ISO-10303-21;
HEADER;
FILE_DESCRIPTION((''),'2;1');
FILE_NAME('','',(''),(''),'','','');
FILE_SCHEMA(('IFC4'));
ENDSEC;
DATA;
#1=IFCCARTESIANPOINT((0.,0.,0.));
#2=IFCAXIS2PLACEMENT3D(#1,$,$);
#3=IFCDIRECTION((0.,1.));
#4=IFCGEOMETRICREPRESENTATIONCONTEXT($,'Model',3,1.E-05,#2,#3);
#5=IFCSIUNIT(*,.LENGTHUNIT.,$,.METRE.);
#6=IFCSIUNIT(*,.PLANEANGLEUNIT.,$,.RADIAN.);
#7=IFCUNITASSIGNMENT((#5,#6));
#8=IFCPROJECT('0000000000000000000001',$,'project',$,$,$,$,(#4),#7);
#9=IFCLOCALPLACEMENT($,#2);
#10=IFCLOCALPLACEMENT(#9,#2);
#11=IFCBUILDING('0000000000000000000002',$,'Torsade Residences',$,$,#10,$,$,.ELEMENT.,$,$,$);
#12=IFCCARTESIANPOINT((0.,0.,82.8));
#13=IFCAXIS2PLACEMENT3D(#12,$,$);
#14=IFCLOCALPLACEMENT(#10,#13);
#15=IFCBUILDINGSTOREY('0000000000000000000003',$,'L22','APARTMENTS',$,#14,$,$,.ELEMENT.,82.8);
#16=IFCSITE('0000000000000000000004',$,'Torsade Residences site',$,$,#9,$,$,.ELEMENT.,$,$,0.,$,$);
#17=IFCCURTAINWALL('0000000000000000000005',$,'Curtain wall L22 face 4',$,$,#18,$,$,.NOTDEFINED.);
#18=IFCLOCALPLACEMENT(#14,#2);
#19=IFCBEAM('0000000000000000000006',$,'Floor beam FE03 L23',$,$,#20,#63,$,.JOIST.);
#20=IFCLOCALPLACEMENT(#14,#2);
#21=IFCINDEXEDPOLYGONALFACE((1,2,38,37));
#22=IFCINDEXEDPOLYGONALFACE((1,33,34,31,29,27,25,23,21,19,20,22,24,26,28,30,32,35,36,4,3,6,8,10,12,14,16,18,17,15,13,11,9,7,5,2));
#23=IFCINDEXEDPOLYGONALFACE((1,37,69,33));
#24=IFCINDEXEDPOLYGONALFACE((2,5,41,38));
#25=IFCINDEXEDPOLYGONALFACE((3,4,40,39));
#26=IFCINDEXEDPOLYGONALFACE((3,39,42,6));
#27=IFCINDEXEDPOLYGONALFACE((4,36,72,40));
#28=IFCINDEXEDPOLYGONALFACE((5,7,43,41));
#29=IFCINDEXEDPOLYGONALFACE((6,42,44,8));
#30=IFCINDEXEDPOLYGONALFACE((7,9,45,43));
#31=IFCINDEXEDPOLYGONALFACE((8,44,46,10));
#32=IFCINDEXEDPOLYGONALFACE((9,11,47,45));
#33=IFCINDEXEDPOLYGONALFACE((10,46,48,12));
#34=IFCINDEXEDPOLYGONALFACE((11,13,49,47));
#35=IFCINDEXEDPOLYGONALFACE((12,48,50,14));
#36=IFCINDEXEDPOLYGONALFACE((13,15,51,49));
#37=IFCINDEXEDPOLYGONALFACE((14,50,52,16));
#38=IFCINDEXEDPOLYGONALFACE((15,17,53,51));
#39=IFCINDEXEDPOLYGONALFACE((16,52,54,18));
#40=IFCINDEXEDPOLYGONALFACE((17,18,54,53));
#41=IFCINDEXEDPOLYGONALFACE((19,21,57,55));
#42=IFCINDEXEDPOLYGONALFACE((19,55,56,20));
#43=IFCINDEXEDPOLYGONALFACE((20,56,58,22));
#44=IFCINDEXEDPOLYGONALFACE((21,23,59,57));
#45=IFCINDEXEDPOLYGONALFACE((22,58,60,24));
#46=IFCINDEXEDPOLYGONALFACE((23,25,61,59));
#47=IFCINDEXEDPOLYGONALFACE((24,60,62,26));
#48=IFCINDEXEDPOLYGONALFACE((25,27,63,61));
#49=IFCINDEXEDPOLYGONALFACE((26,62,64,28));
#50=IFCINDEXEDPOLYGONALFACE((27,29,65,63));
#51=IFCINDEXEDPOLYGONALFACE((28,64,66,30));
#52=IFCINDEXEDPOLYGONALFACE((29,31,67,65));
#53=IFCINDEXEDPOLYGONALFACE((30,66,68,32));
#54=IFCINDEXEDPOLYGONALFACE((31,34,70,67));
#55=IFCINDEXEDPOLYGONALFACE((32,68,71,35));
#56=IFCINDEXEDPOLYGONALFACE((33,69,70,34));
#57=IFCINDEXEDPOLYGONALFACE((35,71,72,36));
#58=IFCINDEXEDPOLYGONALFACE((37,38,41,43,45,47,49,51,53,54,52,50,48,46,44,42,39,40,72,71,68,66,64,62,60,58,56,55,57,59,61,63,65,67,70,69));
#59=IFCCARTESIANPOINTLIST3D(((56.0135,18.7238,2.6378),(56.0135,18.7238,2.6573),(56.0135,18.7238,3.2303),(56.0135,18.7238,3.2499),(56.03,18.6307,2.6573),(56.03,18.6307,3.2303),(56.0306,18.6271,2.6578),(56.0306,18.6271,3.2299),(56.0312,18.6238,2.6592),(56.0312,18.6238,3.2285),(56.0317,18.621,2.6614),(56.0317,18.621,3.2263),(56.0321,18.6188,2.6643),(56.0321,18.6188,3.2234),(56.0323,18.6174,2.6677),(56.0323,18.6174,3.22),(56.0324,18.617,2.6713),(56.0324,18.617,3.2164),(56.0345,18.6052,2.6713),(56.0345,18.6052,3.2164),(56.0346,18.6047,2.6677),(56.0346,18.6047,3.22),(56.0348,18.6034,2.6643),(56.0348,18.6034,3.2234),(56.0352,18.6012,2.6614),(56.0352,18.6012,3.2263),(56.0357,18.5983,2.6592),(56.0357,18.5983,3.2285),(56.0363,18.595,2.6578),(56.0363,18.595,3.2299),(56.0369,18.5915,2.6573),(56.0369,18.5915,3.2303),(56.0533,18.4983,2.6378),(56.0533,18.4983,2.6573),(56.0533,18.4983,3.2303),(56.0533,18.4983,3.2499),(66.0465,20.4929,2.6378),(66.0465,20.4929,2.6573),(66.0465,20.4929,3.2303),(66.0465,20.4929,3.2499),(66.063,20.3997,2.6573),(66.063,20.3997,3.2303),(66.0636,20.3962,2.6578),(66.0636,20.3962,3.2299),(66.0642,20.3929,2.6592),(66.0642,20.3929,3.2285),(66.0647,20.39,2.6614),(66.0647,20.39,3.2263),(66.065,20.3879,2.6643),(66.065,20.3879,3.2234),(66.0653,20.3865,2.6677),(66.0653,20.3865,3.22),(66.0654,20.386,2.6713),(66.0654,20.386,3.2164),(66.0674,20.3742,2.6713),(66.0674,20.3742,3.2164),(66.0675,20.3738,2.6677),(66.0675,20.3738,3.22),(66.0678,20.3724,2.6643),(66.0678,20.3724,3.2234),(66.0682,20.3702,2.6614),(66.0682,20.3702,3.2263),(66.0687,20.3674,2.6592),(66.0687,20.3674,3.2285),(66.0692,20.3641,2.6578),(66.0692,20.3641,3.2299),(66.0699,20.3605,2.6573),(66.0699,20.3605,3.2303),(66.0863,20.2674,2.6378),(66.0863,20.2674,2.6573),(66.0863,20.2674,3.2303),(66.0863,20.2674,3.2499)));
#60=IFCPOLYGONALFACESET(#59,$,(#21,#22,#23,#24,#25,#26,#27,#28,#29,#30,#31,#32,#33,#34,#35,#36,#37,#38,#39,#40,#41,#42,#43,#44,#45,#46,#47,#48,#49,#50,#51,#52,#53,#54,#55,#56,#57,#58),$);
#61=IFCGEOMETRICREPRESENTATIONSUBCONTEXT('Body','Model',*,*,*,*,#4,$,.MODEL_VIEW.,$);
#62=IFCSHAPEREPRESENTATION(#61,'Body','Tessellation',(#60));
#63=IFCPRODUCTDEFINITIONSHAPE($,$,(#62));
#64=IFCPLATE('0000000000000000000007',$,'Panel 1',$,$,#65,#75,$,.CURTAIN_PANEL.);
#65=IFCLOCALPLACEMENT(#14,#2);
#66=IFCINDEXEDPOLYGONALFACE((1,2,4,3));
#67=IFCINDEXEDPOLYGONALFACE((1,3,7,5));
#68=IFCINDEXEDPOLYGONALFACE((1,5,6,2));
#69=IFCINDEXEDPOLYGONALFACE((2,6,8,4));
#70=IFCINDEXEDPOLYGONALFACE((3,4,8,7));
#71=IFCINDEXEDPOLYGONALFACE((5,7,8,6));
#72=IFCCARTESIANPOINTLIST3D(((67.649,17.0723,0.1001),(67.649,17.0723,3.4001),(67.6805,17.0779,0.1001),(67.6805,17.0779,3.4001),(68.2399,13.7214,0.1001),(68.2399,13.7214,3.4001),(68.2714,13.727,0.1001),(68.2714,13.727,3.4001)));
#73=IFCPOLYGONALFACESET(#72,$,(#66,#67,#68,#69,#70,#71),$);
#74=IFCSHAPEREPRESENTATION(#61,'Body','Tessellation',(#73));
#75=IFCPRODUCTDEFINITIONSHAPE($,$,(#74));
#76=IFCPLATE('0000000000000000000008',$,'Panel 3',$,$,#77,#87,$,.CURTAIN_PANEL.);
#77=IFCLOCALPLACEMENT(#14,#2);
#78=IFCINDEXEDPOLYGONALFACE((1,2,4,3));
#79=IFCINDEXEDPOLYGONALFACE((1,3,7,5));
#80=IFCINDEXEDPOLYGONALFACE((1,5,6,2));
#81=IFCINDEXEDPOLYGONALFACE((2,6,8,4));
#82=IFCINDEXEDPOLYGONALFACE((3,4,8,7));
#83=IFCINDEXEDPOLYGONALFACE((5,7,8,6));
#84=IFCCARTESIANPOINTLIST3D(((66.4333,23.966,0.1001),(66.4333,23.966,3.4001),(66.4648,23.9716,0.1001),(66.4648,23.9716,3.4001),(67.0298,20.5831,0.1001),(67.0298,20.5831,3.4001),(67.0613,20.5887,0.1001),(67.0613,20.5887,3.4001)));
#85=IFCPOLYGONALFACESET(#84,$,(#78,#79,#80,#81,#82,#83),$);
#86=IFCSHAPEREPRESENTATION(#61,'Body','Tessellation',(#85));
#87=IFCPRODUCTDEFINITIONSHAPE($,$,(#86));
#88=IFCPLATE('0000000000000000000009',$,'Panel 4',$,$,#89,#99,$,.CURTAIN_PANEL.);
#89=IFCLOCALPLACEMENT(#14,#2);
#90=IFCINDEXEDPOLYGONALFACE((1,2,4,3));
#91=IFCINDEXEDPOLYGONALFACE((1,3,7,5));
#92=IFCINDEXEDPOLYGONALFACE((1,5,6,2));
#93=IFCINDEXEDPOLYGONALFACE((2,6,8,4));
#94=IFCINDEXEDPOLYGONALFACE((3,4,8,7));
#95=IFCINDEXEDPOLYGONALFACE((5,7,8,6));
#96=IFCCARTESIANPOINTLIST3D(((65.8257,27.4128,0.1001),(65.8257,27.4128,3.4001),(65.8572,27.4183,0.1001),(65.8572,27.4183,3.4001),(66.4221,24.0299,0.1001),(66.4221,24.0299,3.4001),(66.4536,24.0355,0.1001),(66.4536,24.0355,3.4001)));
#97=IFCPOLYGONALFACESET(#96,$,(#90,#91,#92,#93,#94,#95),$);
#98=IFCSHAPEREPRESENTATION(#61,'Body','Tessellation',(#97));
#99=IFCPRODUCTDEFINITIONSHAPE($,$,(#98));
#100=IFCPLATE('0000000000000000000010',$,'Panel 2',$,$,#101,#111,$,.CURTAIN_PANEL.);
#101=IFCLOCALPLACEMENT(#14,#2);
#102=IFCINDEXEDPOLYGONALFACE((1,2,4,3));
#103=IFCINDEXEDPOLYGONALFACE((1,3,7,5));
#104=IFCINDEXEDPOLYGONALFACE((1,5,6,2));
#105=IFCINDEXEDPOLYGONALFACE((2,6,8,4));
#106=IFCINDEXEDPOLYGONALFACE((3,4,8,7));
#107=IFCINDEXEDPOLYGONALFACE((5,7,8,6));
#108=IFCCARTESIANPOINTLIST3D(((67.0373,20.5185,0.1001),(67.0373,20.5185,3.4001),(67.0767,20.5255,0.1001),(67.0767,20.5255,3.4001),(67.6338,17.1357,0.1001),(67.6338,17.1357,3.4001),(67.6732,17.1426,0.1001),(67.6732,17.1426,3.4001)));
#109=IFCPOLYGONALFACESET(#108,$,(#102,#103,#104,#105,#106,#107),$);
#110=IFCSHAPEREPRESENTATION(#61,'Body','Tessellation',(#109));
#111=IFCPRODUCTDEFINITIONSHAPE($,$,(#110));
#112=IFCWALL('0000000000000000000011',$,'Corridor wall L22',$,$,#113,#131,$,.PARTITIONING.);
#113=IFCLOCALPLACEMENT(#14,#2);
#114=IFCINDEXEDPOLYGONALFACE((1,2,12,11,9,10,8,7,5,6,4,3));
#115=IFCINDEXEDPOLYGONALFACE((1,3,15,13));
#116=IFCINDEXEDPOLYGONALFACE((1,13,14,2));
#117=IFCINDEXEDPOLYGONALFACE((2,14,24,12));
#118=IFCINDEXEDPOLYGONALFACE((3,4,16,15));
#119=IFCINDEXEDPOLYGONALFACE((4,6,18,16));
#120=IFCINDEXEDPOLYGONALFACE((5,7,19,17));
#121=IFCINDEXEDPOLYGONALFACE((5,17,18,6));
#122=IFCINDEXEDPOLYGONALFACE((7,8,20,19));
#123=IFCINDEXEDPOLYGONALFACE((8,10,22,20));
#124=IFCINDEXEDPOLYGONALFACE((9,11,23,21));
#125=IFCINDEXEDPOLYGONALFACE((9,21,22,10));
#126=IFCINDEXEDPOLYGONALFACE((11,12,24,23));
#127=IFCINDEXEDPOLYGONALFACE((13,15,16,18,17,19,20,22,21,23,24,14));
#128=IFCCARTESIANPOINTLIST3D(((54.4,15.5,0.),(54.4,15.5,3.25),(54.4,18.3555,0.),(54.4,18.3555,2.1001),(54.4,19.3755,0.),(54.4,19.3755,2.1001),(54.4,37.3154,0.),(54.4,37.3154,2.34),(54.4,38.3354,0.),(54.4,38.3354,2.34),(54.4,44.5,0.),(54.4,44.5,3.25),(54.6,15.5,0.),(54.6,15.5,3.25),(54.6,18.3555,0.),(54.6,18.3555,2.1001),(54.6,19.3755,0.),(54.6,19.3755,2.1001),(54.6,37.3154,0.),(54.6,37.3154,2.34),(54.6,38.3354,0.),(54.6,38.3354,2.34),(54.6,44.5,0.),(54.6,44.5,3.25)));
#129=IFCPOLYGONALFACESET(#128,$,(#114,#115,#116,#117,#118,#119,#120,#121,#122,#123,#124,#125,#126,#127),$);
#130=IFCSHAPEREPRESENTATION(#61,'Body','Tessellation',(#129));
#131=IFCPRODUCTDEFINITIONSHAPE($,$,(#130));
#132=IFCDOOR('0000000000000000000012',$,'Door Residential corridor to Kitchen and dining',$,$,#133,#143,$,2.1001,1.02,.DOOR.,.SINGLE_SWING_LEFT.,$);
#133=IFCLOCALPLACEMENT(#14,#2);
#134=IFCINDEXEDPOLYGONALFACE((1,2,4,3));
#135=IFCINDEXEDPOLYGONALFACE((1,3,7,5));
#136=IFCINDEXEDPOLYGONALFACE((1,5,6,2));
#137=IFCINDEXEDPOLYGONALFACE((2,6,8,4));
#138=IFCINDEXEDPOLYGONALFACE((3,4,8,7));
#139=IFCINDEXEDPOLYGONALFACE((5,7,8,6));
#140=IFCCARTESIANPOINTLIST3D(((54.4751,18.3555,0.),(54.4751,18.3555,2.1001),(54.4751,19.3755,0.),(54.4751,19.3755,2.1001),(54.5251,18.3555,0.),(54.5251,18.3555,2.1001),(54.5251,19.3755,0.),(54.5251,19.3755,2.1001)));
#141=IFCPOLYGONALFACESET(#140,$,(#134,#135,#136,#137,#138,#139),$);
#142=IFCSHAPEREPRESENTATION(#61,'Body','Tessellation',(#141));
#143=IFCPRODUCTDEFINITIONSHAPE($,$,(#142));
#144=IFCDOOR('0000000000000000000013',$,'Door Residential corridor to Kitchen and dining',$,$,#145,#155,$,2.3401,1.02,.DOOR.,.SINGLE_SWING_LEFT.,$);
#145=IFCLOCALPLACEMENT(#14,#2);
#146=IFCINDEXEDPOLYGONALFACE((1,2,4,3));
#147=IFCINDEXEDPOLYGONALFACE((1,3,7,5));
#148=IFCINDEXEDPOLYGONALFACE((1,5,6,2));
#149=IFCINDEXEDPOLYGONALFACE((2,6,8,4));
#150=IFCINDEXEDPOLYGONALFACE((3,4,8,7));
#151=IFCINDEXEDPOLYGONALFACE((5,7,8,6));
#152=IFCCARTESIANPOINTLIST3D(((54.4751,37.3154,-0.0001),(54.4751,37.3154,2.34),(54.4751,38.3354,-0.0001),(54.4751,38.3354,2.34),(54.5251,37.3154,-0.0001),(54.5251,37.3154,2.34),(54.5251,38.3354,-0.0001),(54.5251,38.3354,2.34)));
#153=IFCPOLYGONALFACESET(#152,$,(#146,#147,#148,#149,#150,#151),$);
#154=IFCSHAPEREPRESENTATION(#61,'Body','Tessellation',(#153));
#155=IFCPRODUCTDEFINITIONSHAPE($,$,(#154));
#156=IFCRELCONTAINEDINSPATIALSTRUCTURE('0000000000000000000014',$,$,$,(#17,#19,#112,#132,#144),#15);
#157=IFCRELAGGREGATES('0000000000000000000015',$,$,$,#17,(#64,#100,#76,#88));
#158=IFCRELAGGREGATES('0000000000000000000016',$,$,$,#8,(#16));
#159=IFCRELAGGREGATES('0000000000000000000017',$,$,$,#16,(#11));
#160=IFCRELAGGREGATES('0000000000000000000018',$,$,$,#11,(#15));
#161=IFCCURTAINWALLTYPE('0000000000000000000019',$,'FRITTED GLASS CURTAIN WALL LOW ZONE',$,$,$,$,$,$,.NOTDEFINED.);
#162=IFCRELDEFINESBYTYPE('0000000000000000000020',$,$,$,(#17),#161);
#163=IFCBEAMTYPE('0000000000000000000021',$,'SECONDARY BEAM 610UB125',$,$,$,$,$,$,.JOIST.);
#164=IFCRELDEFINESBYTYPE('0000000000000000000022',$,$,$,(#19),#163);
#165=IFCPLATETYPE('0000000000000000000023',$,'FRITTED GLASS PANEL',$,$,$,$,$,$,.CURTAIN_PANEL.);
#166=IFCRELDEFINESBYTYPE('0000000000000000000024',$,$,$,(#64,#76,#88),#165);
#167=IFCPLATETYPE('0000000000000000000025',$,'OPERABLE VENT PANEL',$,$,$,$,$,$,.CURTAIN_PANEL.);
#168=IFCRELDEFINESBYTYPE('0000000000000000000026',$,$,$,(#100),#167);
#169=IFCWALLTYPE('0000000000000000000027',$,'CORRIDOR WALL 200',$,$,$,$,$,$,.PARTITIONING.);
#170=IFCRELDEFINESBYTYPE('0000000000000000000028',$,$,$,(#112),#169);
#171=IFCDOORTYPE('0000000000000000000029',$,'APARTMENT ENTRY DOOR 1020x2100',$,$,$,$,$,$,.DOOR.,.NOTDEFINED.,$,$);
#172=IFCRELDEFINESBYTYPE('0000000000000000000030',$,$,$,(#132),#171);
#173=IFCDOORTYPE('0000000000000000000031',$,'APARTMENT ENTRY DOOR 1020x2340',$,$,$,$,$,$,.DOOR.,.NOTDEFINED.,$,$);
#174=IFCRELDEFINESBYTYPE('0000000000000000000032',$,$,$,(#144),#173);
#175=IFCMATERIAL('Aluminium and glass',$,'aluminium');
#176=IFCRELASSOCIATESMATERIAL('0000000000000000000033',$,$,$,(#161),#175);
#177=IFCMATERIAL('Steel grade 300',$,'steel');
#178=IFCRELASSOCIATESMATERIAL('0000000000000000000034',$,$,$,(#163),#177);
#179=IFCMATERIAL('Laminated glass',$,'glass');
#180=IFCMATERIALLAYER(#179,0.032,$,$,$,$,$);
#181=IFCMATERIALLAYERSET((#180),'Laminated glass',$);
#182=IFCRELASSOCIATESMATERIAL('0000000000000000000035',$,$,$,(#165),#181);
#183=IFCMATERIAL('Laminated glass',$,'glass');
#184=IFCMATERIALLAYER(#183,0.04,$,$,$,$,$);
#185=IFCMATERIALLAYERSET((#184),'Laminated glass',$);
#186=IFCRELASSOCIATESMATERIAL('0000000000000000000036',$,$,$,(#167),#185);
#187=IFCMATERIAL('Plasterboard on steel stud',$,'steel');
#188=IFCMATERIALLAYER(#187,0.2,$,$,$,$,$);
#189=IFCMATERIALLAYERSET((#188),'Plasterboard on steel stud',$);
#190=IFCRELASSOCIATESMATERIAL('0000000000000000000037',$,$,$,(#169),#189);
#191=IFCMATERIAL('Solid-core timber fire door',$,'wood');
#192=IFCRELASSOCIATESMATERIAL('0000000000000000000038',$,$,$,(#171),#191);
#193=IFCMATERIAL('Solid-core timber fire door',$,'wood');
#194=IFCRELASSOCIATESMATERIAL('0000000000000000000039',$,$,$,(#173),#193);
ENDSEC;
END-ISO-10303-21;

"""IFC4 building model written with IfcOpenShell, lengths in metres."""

from ifc_helpers import new_model, si_unit, direction, frame, frame_2d, origin, origin_2d, place, context, subcontext, project, spatial, rectangle, i_section, extrude, material, layer, layer_set, material_profile, profile_set, type_object, element, fill, aggregate, save


model = new_model("IFC4")

# Units and contexts
model_context = context("Model", 3, precision=1e-05, world=origin(), true_north=direction((0.0, 1.0)))
body_context = subcontext(model_context, "Body", "Model", "MODEL_VIEW")
ifc_project = project(units=[si_unit("LENGTHUNIT", "METRE"), si_unit("PLANEANGLEUNIT", "RADIAN")], contexts=[model_context])

# Site, building, storey
site_placement = place(None, origin())
site = spatial("IfcSite", under=ifc_project, at=site_placement, Name="Torsade Residences site", CompositionType="ELEMENT", RefElevation=0.0)
building_placement = place(site_placement, origin())
building = spatial("IfcBuilding", under=site, at=building_placement, Name="Torsade Residences", CompositionType="ELEMENT")
storey_placement = place(building_placement, frame((0.0, 0.0, 82.8)))
storey = spatial("IfcBuildingStorey", under=building, at=storey_placement, Name="L22", Description="APARTMENTS", CompositionType="ELEMENT", Elevation=82.8)

# Curtain wall
ifc_material_1 = material(Name="Aluminium and glass", Category="aluminium")
curtain_wall_type = type_object("IfcCurtainWallType", Name="FRITTED GLASS CURTAIN WALL LOW ZONE", PredefinedType="NOTDEFINED", material=ifc_material_1)
curtain_wall_placement = place(storey_placement, origin())
curtain_wall = element("IfcCurtainWall", 1, at=curtain_wall_placement, inside=storey, type_object=curtain_wall_type, Name="Curtain wall L22 face 4", PredefinedType="NOTDEFINED")

# Beam
ifc_material_2 = material(Name="Steel grade 300", Category="steel")
ifc_material_profile_1 = material_profile(ifc_material_2, i_section(OverallWidth=0.229, OverallDepth=0.6121, WebThickness=0.012, FlangeThickness=0.0195, FilletRadius=0.0139, at=origin_2d()), Name="610UB125")
ifc_profile_set_1 = profile_set([ifc_material_profile_1], Name="Steel grade 300")
beam_type_1 = type_object("IfcBeamType", Name="SECONDARY BEAM 610UB125", PredefinedType="JOIST", material=ifc_profile_set_1)
beam_1_placement = place(storey_placement, frame((66.0664, 20.3801, 2.9438), z_axis=(-0.984808, -0.173645, 0.0), x_axis=(0.173645, -0.984808, 0.0)))
element("IfcBeam", 2, at=beam_1_placement, inside=storey, type_object=beam_type_1, Name="Floor beam FE03 L23", PredefinedType="JOIST", context=body_context, shape_type="SweptSolid", body=[
    extrude(i_section(OverallWidth=0.229, OverallDepth=0.6121, WebThickness=0.012, FlangeThickness=0.0195, FilletRadius=0.0139, at=origin_2d()), origin(), (0.0, 0.0, 1.0), 10.1877),
])

# Plates
ifc_material_3 = material(Name="Laminated glass", Category="glass")
ifc_layer_1 = layer(ifc_material_3, 0.032)
ifc_layer_set_1 = layer_set([ifc_layer_1], Name="Laminated glass")
plate_type_1 = type_object("IfcPlateType", Name="FRITTED GLASS PANEL", PredefinedType="CURTAIN_PANEL", material=ifc_layer_set_1)
plate_1_placement = place(storey_placement, frame((67.9602, 15.3997, 0.1001), z_axis=(0.0, 0.0, 1.0), x_axis=(-0.173648, 0.984808, 0.0)))
plate_1 = element("IfcPlate", 3, at=plate_1_placement, type_object=plate_type_1, Name="Panel 1", PredefinedType="CURTAIN_PANEL", context=body_context, shape_type="SweptSolid", body=[
    extrude(rectangle(XDim=3.4026, YDim=0.032, at=origin_2d()), origin(), (0.0, 0.0, 1.0), 3.3),
])
plate_2_placement = place(storey_placement, frame((66.7473, 22.2773, 0.1001), z_axis=(0.0, 0.0, 1.0), x_axis=(-0.173648, 0.984808, 0.0)))
plate_2 = element("IfcPlate", 4, at=plate_2_placement, type_object=plate_type_1, Name="Panel 3", PredefinedType="CURTAIN_PANEL", context=body_context, shape_type="SweptSolid", body=[
    extrude(rectangle(XDim=3.4351, YDim=0.032, at=origin_2d()), origin(), (0.0, 0.0, 1.0), 3.3),
])
plate_3_placement = place(storey_placement, frame((66.1396, 25.7241, 0.1001), z_axis=(0.0, 0.0, 1.0), x_axis=(-0.173648, 0.984808, 0.0)))
plate_3 = element("IfcPlate", 5, at=plate_3_placement, type_object=plate_type_1, Name="Panel 4", PredefinedType="CURTAIN_PANEL", context=body_context, shape_type="SweptSolid", body=[
    extrude(rectangle(XDim=3.4351, YDim=0.032, at=origin_2d()), origin(), (0.0, 0.0, 1.0), 3.3),
])
ifc_material_4 = material(Name="Laminated glass", Category="glass")
ifc_layer_2 = layer(ifc_material_4, 0.04)
ifc_layer_set_2 = layer_set([ifc_layer_2], Name="Laminated glass")
plate_type_2 = type_object("IfcPlateType", Name="OPERABLE VENT PANEL", PredefinedType="CURTAIN_PANEL", material=ifc_layer_set_2)
plate_4_placement = place(storey_placement, frame((67.3552, 18.8306, 0.1001), z_axis=(0.0, 0.0, 1.0), x_axis=(-0.173648, 0.984808, 0.0)))
plate_4 = element("IfcPlate", 6, at=plate_4_placement, type_object=plate_type_2, Name="Panel 2", PredefinedType="CURTAIN_PANEL", context=body_context, shape_type="SweptSolid", body=[
    extrude(rectangle(XDim=3.4351, YDim=0.04, at=origin_2d()), origin(), (0.0, 0.0, 1.0), 3.3),
])
aggregate(curtain_wall, [plate_1, plate_4, plate_2, plate_3])

# Wall, openings, doors
ifc_material_5 = material(Name="Plasterboard on steel stud", Category="steel")
ifc_layer_3 = layer(ifc_material_5, 0.2)
ifc_layer_set_3 = layer_set([ifc_layer_3], Name="Plasterboard on steel stud")
wall_type_1 = type_object("IfcWallType", Name="CORRIDOR WALL 200", PredefinedType="PARTITIONING", material=ifc_layer_set_3)
wall_1_placement = place(storey_placement, frame((54.5, 15.5, 0.0), z_axis=(0.0, 0.0, 1.0), x_axis=(0.0, 1.0, 0.0)))
wall_1 = element("IfcWall", 7, at=wall_1_placement, inside=storey, type_object=wall_type_1, Name="Corridor wall L22", PredefinedType="PARTITIONING", context=body_context, shape_type="SweptSolid", body=[
    extrude(rectangle(XDim=29.0, YDim=0.2, at=frame_2d((14.5, 0.0))), origin(), (0.0, 0.0, 1.0), 3.25),
])
opening_1_placement = place(wall_1_placement, frame((21.8154, 0.0, 0.0)))
opening_1 = element("IfcOpeningElement", 8, at=opening_1_placement, cuts=wall_1, PredefinedType="OPENING", context=body_context, shape_type="SweptSolid", body=[
    extrude(rectangle(XDim=1.02, YDim=2.3401, at=frame_2d((0.51, 1.1699))), frame((0.0, 0.1099, 0.0), z_axis=(0.0, -1.0, 0.0), x_axis=(1.0, 0.0, 0.0)), (0.0, 0.0, 1.0), 0.22),
])
opening_2_placement = place(wall_1_placement, frame((2.8555, 0.0, 0.0)))
opening_2 = element("IfcOpeningElement", 9, at=opening_2_placement, cuts=wall_1, PredefinedType="OPENING", context=body_context, shape_type="SweptSolid", body=[
    extrude(rectangle(XDim=1.02, YDim=2.1001, at=frame_2d((0.51, 1.05))), frame((0.0, 0.1099, 0.0), z_axis=(0.0, -1.0, 0.0), x_axis=(1.0, 0.0, 0.0)), (0.0, 0.0, 1.0), 0.22),
])
ifc_material_6 = material(Name="Solid-core timber fire door", Category="wood")
door_type_1 = type_object("IfcDoorType", Name="APARTMENT ENTRY DOOR 1020x2100", OperationType="NOTDEFINED", PredefinedType="DOOR", material=ifc_material_6)
door_1_placement = place(opening_2_placement, origin())
door_1 = element("IfcDoor", 10, at=door_1_placement, inside=storey, type_object=door_type_1, Name="Door Residential corridor to Kitchen and dining", OperationType="SINGLE_SWING_LEFT", OverallHeight=2.1001, OverallWidth=1.02, PredefinedType="DOOR", context=body_context, shape_type="SweptSolid", body=[
    extrude(rectangle(XDim=1.02, YDim=2.1001, at=frame_2d((0.51, 1.05))), frame((0.0, 0.0249, 0.0), z_axis=(0.0, -1.0, 0.0), x_axis=(1.0, 0.0, 0.0)), (0.0, 0.0, 1.0), 0.05),
])
fill(opening_2, door_1)
ifc_material_7 = material(Name="Solid-core timber fire door", Category="wood")
door_type_2 = type_object("IfcDoorType", Name="APARTMENT ENTRY DOOR 1020x2340", OperationType="NOTDEFINED", PredefinedType="DOOR", material=ifc_material_7)
door_2_placement = place(opening_1_placement, origin())
door_2 = element("IfcDoor", 11, at=door_2_placement, inside=storey, type_object=door_type_2, Name="Door Residential corridor to Kitchen and dining", OperationType="SINGLE_SWING_LEFT", OverallHeight=2.3401, OverallWidth=1.02, PredefinedType="DOOR", context=body_context, shape_type="SweptSolid", body=[
    extrude(rectangle(XDim=1.02, YDim=2.3401, at=frame_2d((0.51, 1.1699))), frame((0.0, 0.0249, 0.0), z_axis=(0.0, -1.0, 0.0), x_axis=(1.0, 0.0, 0.0)), (0.0, 0.0, 1.0), 0.05),
])
fill(opening_1, door_2)

save(model, "model.ifc")
